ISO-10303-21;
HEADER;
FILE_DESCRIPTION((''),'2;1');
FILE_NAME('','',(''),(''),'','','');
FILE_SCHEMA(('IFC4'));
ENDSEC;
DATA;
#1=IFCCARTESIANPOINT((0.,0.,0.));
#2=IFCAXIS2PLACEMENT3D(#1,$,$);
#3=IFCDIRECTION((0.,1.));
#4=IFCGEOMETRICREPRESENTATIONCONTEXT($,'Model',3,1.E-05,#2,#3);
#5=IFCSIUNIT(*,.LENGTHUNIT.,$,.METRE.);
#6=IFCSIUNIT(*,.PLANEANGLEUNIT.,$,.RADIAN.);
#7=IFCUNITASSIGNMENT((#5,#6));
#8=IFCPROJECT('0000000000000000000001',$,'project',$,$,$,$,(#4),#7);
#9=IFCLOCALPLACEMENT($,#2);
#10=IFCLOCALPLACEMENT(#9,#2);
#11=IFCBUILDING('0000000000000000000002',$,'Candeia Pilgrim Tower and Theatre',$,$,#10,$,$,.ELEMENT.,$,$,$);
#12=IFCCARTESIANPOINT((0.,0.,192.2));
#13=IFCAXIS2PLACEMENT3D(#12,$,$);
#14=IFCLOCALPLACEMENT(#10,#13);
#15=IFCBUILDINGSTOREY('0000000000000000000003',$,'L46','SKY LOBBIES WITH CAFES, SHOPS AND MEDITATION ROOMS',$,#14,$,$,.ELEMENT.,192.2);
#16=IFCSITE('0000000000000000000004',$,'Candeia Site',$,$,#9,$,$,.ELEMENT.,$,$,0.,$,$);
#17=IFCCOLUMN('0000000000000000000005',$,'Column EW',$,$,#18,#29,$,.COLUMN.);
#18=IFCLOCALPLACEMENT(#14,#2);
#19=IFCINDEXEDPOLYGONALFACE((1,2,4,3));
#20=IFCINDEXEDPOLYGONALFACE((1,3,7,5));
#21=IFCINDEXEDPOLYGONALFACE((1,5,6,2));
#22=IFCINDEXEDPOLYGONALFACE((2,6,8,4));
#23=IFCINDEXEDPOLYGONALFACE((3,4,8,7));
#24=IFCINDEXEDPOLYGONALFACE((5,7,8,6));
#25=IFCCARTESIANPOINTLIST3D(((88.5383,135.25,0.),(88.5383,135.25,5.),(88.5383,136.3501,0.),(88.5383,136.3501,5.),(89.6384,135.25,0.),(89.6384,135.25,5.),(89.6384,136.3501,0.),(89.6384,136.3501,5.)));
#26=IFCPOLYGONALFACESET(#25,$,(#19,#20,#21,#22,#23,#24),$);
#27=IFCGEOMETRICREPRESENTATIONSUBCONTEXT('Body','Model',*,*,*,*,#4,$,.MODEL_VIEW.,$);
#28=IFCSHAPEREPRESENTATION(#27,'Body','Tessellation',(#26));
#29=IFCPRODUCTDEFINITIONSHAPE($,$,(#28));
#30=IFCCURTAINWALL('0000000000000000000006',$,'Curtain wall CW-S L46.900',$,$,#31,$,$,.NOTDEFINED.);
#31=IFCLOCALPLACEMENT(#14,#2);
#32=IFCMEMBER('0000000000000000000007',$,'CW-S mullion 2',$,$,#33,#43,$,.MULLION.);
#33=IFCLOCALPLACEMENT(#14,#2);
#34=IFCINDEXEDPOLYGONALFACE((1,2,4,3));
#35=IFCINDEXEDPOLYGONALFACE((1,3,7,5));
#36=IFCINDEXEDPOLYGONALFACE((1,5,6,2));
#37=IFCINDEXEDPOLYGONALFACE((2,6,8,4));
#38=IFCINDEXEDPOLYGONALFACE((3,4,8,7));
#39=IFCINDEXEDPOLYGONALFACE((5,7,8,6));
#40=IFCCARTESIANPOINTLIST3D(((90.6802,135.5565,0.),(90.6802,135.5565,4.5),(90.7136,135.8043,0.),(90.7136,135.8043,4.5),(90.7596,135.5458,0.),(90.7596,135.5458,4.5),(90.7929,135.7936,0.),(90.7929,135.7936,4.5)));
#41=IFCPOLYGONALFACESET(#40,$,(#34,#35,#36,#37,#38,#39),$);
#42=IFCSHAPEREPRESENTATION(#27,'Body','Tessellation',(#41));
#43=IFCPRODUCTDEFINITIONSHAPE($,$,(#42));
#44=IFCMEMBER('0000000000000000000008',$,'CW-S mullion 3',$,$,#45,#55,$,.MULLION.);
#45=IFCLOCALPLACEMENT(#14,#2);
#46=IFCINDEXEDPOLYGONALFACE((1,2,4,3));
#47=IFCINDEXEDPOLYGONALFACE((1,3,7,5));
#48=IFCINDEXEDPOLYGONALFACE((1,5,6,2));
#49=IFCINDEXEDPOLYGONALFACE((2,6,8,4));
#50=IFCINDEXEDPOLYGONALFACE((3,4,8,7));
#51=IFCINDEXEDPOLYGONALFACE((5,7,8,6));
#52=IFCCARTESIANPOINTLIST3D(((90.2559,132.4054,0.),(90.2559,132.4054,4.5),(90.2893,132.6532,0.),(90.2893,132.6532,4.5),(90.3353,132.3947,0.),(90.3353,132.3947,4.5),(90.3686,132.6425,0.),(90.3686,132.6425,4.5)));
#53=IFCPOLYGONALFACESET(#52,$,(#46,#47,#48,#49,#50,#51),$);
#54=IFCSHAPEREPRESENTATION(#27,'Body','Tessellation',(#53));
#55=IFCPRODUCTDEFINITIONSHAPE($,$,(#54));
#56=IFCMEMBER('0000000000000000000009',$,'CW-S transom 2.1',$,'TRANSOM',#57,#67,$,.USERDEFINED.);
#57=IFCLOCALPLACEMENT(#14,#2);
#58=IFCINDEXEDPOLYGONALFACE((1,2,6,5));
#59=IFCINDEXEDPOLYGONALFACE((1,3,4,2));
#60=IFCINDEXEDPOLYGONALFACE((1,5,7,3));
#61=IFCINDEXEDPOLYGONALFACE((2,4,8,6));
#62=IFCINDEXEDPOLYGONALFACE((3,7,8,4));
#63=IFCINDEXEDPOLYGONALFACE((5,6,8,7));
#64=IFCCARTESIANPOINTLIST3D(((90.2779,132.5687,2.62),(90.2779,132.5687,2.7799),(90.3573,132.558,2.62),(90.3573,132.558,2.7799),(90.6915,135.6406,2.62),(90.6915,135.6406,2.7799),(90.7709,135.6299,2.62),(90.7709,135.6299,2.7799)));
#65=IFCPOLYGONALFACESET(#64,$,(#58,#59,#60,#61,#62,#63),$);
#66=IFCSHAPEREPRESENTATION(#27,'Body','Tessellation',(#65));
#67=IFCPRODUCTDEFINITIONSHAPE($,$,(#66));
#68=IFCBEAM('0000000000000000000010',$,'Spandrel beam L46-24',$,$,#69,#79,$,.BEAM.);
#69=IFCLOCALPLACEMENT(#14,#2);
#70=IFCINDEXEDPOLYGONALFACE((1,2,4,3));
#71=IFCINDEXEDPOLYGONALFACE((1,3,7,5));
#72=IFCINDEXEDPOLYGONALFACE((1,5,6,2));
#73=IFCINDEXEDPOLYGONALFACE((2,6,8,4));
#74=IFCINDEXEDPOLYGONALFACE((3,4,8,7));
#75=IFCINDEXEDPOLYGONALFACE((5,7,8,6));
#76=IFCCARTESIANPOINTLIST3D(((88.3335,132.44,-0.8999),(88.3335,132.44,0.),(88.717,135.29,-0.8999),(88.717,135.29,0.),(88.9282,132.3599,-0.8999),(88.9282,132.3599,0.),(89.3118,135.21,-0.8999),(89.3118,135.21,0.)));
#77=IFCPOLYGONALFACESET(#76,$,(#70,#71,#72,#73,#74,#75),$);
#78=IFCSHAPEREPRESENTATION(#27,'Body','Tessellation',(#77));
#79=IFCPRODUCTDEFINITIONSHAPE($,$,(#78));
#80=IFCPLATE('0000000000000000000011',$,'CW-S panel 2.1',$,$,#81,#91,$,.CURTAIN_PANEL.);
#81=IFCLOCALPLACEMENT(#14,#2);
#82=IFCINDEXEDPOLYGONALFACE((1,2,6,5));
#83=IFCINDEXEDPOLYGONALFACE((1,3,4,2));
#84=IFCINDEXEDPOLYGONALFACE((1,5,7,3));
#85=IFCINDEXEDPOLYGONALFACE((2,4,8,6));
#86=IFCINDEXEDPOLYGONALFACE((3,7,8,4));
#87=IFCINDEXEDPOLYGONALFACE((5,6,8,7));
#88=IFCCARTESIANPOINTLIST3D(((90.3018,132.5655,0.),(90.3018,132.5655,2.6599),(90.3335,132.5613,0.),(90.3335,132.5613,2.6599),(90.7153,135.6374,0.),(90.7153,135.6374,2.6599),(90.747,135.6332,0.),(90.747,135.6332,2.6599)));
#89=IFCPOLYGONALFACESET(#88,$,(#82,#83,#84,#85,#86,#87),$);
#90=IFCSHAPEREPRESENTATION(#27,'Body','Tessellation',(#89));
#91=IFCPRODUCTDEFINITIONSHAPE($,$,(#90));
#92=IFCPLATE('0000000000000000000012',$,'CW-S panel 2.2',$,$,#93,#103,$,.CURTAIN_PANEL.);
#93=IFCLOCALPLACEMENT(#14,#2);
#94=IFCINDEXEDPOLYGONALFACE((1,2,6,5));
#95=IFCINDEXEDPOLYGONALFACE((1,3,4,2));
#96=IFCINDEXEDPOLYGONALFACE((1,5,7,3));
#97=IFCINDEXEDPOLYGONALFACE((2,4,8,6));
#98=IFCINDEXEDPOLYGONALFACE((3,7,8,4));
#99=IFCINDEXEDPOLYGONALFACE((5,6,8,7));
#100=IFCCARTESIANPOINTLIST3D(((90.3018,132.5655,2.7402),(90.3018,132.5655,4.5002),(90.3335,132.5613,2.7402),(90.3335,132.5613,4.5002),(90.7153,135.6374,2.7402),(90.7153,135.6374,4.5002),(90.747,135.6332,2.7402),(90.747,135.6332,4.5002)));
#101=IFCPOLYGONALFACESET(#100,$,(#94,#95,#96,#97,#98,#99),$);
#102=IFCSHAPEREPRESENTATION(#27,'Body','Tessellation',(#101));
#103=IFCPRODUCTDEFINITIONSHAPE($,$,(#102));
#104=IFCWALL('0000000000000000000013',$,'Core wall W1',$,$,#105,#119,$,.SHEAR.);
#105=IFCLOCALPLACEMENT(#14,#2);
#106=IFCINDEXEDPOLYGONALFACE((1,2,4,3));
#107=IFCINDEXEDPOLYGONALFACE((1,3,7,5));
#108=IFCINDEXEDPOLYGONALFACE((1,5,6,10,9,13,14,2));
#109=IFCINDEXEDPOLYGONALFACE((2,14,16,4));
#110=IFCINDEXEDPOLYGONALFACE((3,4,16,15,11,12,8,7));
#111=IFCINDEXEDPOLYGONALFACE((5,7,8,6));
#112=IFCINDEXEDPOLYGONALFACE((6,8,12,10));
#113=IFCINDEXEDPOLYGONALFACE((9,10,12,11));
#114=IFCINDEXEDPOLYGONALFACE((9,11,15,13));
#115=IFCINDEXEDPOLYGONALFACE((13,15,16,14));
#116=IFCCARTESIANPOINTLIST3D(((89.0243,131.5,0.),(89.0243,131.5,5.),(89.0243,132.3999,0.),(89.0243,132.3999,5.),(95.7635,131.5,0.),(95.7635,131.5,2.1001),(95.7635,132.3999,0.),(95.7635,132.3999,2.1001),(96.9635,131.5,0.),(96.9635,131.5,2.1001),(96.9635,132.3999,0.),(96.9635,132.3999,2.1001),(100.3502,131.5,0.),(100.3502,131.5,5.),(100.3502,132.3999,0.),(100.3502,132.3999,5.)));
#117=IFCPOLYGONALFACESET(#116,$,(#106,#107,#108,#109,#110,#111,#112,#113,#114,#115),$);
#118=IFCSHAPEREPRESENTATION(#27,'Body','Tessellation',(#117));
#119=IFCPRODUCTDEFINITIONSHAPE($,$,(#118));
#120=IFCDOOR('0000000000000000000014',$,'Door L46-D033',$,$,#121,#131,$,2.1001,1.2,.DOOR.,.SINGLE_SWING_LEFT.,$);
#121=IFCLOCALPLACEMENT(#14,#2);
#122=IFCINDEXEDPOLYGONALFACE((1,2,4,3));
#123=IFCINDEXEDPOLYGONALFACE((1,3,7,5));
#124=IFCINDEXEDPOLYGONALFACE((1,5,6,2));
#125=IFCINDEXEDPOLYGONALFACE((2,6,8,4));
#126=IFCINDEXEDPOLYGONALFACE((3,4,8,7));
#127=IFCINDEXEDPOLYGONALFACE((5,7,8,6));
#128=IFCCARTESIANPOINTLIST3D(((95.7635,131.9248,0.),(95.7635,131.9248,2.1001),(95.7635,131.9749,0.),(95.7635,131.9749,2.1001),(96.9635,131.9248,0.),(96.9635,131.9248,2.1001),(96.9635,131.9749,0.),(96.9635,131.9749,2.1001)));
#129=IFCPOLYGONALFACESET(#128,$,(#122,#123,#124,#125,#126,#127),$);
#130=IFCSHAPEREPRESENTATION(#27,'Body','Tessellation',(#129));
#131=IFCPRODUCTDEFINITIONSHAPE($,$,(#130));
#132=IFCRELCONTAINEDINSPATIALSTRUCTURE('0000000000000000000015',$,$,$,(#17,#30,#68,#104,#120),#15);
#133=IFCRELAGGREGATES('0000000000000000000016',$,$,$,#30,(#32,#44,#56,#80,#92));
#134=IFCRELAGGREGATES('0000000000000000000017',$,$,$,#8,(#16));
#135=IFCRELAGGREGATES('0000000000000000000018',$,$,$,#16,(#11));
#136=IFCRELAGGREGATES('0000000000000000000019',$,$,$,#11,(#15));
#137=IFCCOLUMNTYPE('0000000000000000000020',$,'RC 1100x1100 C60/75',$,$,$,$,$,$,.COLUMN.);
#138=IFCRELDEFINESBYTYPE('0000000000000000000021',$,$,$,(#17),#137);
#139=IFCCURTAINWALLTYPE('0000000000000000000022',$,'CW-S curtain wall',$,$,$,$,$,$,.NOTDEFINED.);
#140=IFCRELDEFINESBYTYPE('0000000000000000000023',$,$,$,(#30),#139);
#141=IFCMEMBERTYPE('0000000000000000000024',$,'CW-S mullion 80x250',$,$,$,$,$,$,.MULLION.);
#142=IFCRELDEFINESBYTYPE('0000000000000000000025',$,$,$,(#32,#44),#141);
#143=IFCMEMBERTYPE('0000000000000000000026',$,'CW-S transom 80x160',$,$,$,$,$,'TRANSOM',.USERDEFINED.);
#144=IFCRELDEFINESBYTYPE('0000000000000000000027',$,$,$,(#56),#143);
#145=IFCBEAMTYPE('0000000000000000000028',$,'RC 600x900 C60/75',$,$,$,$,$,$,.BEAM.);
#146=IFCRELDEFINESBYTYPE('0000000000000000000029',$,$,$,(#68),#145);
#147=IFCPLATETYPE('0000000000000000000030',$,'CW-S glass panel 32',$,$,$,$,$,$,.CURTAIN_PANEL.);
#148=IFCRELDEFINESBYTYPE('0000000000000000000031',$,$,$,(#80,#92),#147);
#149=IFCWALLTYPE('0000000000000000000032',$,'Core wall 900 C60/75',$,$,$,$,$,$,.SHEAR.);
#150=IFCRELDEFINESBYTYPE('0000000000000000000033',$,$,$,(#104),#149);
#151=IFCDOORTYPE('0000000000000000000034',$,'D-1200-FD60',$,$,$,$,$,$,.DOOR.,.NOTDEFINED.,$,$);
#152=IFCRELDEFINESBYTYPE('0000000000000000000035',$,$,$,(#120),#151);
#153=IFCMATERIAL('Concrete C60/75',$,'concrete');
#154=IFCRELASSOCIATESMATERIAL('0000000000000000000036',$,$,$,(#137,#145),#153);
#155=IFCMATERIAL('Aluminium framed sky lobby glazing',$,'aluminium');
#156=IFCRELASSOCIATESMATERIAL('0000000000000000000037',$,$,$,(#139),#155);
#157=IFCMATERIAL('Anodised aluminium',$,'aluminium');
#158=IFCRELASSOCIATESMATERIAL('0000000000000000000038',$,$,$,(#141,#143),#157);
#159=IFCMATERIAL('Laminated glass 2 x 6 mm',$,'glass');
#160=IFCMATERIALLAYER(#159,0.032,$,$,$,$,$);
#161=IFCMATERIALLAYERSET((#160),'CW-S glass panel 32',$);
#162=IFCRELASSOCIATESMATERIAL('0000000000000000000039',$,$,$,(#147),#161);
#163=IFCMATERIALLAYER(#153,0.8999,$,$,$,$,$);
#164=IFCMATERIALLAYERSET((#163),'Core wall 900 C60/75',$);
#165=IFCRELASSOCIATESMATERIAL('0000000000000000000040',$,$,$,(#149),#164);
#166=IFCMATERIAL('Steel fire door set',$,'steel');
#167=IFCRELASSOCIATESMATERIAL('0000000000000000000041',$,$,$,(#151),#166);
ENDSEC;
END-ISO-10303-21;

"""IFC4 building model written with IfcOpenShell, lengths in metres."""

from ifc_helpers import new_model, si_unit, direction, frame, frame_2d, origin, origin_2d, place, context, subcontext, project, spatial, rectangle, extrude, material, layer, layer_set, material_profile, profile_set, type_object, element, fill, aggregate, save


model = new_model("IFC4")

# Units and contexts
model_context = context("Model", 3, precision=1e-05, world=origin(), true_north=direction((0.0, 1.0)))
body_context = subcontext(model_context, "Body", "Model", "MODEL_VIEW")
ifc_project = project(units=[si_unit("LENGTHUNIT", "METRE"), si_unit("PLANEANGLEUNIT", "RADIAN")], contexts=[model_context])

# Site, building, storey
site_placement = place(None, origin())
site = spatial("IfcSite", under=ifc_project, at=site_placement, Name="Candeia Site", CompositionType="ELEMENT", RefElevation=0.0)
building_placement = place(site_placement, origin())
building = spatial("IfcBuilding", under=site, at=building_placement, Name="Candeia Pilgrim Tower and Theatre", CompositionType="ELEMENT")
storey_placement = place(building_placement, frame((0.0, 0.0, 192.2)))
storey = spatial("IfcBuildingStorey", under=building, at=storey_placement, Name="L46", Description="SKY LOBBIES WITH CAFES, SHOPS AND MEDITATION ROOMS", CompositionType="ELEMENT", Elevation=192.2)

# Column
ifc_material_1 = material(Name="Concrete C60/75", Category="concrete")
ifc_material_profile_1 = material_profile(ifc_material_1, rectangle(XDim=1.1001, YDim=1.1001, at=origin_2d()))
ifc_profile_set_1 = profile_set([ifc_material_profile_1], Name="Concrete C60/75")
column_type = type_object("IfcColumnType", Name="RC 1100x1100 C60/75", PredefinedType="COLUMN", material=ifc_profile_set_1)
column_placement = place(storey_placement, frame((89.0884, 135.8, 0.0), z_axis=(0.0, 0.0, 1.0), x_axis=(1.0, 0.0, 0.0)))
element("IfcColumn", 1, at=column_placement, inside=storey, type_object=column_type, Name="Column EW", PredefinedType="COLUMN", context=body_context, shape_type="SweptSolid", body=[
    extrude(rectangle(XDim=1.1001, YDim=1.1001, at=origin_2d()), origin(), (0.0, 0.0, 1.0), 5.0),
])

# Curtain wall, members
ifc_material_2 = material(Name="Aluminium framed sky lobby glazing", Category="aluminium")
curtain_wall_type = type_object("IfcCurtainWallType", Name="CW-S curtain wall", PredefinedType="NOTDEFINED", material=ifc_material_2)
curtain_wall_placement = place(storey_placement, origin())
curtain_wall = element("IfcCurtainWall", 2, at=curtain_wall_placement, inside=storey, type_object=curtain_wall_type, Name="Curtain wall CW-S L46.900", PredefinedType="NOTDEFINED")
ifc_material_3 = material(Name="Anodised aluminium", Category="aluminium")
ifc_material_profile_2 = material_profile(ifc_material_3, rectangle(XDim=0.0801, YDim=0.25, at=origin_2d()))
ifc_profile_set_2 = profile_set([ifc_material_profile_2], Name="Anodised aluminium")
member_type_1 = type_object("IfcMemberType", Name="CW-S mullion 80x250", PredefinedType="MULLION", material=ifc_profile_set_2)
member_1_placement = place(storey_placement, frame((90.7366, 135.675, 0.0), z_axis=(0.0, 0.0, 1.0), x_axis=(0.991061, -0.133412, 0.0)))
member_1 = element("IfcMember", 3, at=member_1_placement, type_object=member_type_1, Name="CW-S mullion 2", PredefinedType="MULLION", context=body_context, shape_type="SweptSolid", body=[
    extrude(rectangle(XDim=0.0801, YDim=0.25, at=origin_2d()), origin(), (0.0, 0.0, 1.0), 4.5),
])
member_2_placement = place(storey_placement, frame((90.3123, 132.5239, 0.0), z_axis=(0.0, 0.0, 1.0), x_axis=(0.991061, -0.133412, 0.0)))
member_2 = element("IfcMember", 4, at=member_2_placement, type_object=member_type_1, Name="CW-S mullion 3", PredefinedType="MULLION", context=body_context, shape_type="SweptSolid", body=[
    extrude(rectangle(XDim=0.0801, YDim=0.25, at=origin_2d()), origin(), (0.0, 0.0, 1.0), 4.5),
])
ifc_material_profile_3 = material_profile(ifc_material_3, rectangle(XDim=0.0801, YDim=0.1599, at=origin_2d()))
ifc_profile_set_3 = profile_set([ifc_material_profile_3], Name="Anodised aluminium")
member_type_2 = type_object("IfcMemberType", Name="CW-S transom 80x160", ElementType="TRANSOM", PredefinedType="USERDEFINED", material=ifc_profile_set_3)
member_3_placement = place(storey_placement, frame((90.7312, 135.6353, 2.7), z_axis=(-0.133433, -0.991058, 0.0), x_axis=(0.991058, -0.133433, 0.0)))
member_3 = element("IfcMember", 5, at=member_3_placement, type_object=member_type_2, Name="CW-S transom 2.1", ObjectType="TRANSOM", PredefinedType="USERDEFINED", context=body_context, shape_type="SweptSolid", body=[
    extrude(rectangle(XDim=0.0801, YDim=0.1599, at=origin_2d()), origin(), (0.0, 0.0, 1.0), 3.0996),
])

# Beam
ifc_material_profile_4 = material_profile(ifc_material_1, rectangle(XDim=0.6001, YDim=0.8999, at=origin_2d()))
ifc_profile_set_4 = profile_set([ifc_material_profile_4], Name="Concrete C60/75")
beam_type = type_object("IfcBeamType", Name="RC 600x900 C60/75", PredefinedType="BEAM", material=ifc_profile_set_4)
beam_placement = place(storey_placement, frame((89.0144, 135.25, -0.45), z_axis=(-0.13337, -0.991066, 0.0), x_axis=(0.991066, -0.13337, 0.0)))
element("IfcBeam", 6, at=beam_placement, inside=storey, type_object=beam_type, Name="Spandrel beam L46-24", PredefinedType="BEAM", context=body_context, shape_type="SweptSolid", body=[
    extrude(rectangle(XDim=0.6001, YDim=0.8999, at=origin_2d()), origin(), (0.0, 0.0, 1.0), 2.8757),
])

# Plates
ifc_material_4 = material(Name="Laminated glass 2 x 6 mm", Category="glass")
ifc_layer_1 = layer(ifc_material_4, 0.032)
ifc_layer_set_1 = layer_set([ifc_layer_1], Name="CW-S glass panel 32")
plate_type = type_object("IfcPlateType", Name="CW-S glass panel 32", PredefinedType="CURTAIN_PANEL", material=ifc_layer_set_1)
plate_1_placement = place(storey_placement, frame((90.5244, 134.0994, 0.0), z_axis=(0.0, 0.0, 1.0), x_axis=(-0.133412, -0.991061, 0.0)))
plate_1 = element("IfcPlate", 7, at=plate_1_placement, type_object=plate_type, Name="CW-S panel 2.1", PredefinedType="CURTAIN_PANEL", context=body_context, shape_type="SweptSolid", body=[
    extrude(rectangle(XDim=3.0996, YDim=0.032, at=origin_2d()), origin(), (0.0, 0.0, 1.0), 2.6599),
])
plate_2_placement = place(storey_placement, frame((90.5244, 134.0994, 2.7402), z_axis=(0.0, 0.0, 1.0), x_axis=(-0.133412, -0.991061, 0.0)))
plate_2 = element("IfcPlate", 8, at=plate_2_placement, type_object=plate_type, Name="CW-S panel 2.2", PredefinedType="CURTAIN_PANEL", context=body_context, shape_type="SweptSolid", body=[
    extrude(rectangle(XDim=3.0996, YDim=0.032, at=origin_2d()), origin(), (0.0, 0.0, 1.0), 1.76),
])
aggregate(curtain_wall, [member_1, member_2, member_3, plate_1, plate_2])

# Wall, opening, door
ifc_layer_2 = layer(ifc_material_1, 0.8999)
ifc_layer_set_2 = layer_set([ifc_layer_2], Name="Core wall 900 C60/75")
wall_type_1 = type_object("IfcWallType", Name="Core wall 900 C60/75", PredefinedType="SHEAR", material=ifc_layer_set_2)
wall_1_placement = place(storey_placement, frame((89.0242, 131.95, 0.0), z_axis=(0.0, 0.0, 1.0), x_axis=(1.0, 0.0, 0.0)))
wall_1 = element("IfcWall", 9, at=wall_1_placement, inside=storey, type_object=wall_type_1, Name="Core wall W1", PredefinedType="SHEAR", context=body_context, shape_type="SweptSolid", body=[
    extrude(rectangle(XDim=11.3259, YDim=0.8999, at=frame_2d((5.6631, 0.0))), origin(), (0.0, 0.0, 1.0), 5.0),
])
opening_1_placement = place(wall_1_placement, frame((6.7393, 0.0, 0.0)))
opening_1 = element("IfcOpeningElement", 10, at=opening_1_placement, cuts=wall_1, PredefinedType="OPENING", context=body_context, shape_type="SweptSolid", body=[
    extrude(rectangle(XDim=1.2, YDim=2.1001, at=frame_2d((0.6001, 1.05))), frame((0.0, 0.46, 0.0), z_axis=(0.0, -1.0, 0.0), x_axis=(1.0, 0.0, 0.0)), (0.0, 0.0, 1.0), 0.9199),
])
ifc_material_5 = material(Name="Steel fire door set", Category="steel")
door_type_1 = type_object("IfcDoorType", Name="D-1200-FD60", OperationType="NOTDEFINED", PredefinedType="DOOR", material=ifc_material_5)
door_1_placement = place(opening_1_placement, origin())
door_1 = element("IfcDoor", 11, at=door_1_placement, inside=storey, type_object=door_type_1, Name="Door L46-D033", OperationType="SINGLE_SWING_LEFT", OverallHeight=2.1001, OverallWidth=1.2, PredefinedType="DOOR", context=body_context, shape_type="SweptSolid", body=[
    extrude(rectangle(XDim=1.2, YDim=2.1001, at=frame_2d((0.6001, 1.05))), frame((0.0, 0.0249, 0.0), z_axis=(0.0, -1.0, 0.0), x_axis=(1.0, 0.0, 0.0)), (0.0, 0.0, 1.0), 0.05),
])
fill(opening_1, door_1)

save(model, "model.ifc")
